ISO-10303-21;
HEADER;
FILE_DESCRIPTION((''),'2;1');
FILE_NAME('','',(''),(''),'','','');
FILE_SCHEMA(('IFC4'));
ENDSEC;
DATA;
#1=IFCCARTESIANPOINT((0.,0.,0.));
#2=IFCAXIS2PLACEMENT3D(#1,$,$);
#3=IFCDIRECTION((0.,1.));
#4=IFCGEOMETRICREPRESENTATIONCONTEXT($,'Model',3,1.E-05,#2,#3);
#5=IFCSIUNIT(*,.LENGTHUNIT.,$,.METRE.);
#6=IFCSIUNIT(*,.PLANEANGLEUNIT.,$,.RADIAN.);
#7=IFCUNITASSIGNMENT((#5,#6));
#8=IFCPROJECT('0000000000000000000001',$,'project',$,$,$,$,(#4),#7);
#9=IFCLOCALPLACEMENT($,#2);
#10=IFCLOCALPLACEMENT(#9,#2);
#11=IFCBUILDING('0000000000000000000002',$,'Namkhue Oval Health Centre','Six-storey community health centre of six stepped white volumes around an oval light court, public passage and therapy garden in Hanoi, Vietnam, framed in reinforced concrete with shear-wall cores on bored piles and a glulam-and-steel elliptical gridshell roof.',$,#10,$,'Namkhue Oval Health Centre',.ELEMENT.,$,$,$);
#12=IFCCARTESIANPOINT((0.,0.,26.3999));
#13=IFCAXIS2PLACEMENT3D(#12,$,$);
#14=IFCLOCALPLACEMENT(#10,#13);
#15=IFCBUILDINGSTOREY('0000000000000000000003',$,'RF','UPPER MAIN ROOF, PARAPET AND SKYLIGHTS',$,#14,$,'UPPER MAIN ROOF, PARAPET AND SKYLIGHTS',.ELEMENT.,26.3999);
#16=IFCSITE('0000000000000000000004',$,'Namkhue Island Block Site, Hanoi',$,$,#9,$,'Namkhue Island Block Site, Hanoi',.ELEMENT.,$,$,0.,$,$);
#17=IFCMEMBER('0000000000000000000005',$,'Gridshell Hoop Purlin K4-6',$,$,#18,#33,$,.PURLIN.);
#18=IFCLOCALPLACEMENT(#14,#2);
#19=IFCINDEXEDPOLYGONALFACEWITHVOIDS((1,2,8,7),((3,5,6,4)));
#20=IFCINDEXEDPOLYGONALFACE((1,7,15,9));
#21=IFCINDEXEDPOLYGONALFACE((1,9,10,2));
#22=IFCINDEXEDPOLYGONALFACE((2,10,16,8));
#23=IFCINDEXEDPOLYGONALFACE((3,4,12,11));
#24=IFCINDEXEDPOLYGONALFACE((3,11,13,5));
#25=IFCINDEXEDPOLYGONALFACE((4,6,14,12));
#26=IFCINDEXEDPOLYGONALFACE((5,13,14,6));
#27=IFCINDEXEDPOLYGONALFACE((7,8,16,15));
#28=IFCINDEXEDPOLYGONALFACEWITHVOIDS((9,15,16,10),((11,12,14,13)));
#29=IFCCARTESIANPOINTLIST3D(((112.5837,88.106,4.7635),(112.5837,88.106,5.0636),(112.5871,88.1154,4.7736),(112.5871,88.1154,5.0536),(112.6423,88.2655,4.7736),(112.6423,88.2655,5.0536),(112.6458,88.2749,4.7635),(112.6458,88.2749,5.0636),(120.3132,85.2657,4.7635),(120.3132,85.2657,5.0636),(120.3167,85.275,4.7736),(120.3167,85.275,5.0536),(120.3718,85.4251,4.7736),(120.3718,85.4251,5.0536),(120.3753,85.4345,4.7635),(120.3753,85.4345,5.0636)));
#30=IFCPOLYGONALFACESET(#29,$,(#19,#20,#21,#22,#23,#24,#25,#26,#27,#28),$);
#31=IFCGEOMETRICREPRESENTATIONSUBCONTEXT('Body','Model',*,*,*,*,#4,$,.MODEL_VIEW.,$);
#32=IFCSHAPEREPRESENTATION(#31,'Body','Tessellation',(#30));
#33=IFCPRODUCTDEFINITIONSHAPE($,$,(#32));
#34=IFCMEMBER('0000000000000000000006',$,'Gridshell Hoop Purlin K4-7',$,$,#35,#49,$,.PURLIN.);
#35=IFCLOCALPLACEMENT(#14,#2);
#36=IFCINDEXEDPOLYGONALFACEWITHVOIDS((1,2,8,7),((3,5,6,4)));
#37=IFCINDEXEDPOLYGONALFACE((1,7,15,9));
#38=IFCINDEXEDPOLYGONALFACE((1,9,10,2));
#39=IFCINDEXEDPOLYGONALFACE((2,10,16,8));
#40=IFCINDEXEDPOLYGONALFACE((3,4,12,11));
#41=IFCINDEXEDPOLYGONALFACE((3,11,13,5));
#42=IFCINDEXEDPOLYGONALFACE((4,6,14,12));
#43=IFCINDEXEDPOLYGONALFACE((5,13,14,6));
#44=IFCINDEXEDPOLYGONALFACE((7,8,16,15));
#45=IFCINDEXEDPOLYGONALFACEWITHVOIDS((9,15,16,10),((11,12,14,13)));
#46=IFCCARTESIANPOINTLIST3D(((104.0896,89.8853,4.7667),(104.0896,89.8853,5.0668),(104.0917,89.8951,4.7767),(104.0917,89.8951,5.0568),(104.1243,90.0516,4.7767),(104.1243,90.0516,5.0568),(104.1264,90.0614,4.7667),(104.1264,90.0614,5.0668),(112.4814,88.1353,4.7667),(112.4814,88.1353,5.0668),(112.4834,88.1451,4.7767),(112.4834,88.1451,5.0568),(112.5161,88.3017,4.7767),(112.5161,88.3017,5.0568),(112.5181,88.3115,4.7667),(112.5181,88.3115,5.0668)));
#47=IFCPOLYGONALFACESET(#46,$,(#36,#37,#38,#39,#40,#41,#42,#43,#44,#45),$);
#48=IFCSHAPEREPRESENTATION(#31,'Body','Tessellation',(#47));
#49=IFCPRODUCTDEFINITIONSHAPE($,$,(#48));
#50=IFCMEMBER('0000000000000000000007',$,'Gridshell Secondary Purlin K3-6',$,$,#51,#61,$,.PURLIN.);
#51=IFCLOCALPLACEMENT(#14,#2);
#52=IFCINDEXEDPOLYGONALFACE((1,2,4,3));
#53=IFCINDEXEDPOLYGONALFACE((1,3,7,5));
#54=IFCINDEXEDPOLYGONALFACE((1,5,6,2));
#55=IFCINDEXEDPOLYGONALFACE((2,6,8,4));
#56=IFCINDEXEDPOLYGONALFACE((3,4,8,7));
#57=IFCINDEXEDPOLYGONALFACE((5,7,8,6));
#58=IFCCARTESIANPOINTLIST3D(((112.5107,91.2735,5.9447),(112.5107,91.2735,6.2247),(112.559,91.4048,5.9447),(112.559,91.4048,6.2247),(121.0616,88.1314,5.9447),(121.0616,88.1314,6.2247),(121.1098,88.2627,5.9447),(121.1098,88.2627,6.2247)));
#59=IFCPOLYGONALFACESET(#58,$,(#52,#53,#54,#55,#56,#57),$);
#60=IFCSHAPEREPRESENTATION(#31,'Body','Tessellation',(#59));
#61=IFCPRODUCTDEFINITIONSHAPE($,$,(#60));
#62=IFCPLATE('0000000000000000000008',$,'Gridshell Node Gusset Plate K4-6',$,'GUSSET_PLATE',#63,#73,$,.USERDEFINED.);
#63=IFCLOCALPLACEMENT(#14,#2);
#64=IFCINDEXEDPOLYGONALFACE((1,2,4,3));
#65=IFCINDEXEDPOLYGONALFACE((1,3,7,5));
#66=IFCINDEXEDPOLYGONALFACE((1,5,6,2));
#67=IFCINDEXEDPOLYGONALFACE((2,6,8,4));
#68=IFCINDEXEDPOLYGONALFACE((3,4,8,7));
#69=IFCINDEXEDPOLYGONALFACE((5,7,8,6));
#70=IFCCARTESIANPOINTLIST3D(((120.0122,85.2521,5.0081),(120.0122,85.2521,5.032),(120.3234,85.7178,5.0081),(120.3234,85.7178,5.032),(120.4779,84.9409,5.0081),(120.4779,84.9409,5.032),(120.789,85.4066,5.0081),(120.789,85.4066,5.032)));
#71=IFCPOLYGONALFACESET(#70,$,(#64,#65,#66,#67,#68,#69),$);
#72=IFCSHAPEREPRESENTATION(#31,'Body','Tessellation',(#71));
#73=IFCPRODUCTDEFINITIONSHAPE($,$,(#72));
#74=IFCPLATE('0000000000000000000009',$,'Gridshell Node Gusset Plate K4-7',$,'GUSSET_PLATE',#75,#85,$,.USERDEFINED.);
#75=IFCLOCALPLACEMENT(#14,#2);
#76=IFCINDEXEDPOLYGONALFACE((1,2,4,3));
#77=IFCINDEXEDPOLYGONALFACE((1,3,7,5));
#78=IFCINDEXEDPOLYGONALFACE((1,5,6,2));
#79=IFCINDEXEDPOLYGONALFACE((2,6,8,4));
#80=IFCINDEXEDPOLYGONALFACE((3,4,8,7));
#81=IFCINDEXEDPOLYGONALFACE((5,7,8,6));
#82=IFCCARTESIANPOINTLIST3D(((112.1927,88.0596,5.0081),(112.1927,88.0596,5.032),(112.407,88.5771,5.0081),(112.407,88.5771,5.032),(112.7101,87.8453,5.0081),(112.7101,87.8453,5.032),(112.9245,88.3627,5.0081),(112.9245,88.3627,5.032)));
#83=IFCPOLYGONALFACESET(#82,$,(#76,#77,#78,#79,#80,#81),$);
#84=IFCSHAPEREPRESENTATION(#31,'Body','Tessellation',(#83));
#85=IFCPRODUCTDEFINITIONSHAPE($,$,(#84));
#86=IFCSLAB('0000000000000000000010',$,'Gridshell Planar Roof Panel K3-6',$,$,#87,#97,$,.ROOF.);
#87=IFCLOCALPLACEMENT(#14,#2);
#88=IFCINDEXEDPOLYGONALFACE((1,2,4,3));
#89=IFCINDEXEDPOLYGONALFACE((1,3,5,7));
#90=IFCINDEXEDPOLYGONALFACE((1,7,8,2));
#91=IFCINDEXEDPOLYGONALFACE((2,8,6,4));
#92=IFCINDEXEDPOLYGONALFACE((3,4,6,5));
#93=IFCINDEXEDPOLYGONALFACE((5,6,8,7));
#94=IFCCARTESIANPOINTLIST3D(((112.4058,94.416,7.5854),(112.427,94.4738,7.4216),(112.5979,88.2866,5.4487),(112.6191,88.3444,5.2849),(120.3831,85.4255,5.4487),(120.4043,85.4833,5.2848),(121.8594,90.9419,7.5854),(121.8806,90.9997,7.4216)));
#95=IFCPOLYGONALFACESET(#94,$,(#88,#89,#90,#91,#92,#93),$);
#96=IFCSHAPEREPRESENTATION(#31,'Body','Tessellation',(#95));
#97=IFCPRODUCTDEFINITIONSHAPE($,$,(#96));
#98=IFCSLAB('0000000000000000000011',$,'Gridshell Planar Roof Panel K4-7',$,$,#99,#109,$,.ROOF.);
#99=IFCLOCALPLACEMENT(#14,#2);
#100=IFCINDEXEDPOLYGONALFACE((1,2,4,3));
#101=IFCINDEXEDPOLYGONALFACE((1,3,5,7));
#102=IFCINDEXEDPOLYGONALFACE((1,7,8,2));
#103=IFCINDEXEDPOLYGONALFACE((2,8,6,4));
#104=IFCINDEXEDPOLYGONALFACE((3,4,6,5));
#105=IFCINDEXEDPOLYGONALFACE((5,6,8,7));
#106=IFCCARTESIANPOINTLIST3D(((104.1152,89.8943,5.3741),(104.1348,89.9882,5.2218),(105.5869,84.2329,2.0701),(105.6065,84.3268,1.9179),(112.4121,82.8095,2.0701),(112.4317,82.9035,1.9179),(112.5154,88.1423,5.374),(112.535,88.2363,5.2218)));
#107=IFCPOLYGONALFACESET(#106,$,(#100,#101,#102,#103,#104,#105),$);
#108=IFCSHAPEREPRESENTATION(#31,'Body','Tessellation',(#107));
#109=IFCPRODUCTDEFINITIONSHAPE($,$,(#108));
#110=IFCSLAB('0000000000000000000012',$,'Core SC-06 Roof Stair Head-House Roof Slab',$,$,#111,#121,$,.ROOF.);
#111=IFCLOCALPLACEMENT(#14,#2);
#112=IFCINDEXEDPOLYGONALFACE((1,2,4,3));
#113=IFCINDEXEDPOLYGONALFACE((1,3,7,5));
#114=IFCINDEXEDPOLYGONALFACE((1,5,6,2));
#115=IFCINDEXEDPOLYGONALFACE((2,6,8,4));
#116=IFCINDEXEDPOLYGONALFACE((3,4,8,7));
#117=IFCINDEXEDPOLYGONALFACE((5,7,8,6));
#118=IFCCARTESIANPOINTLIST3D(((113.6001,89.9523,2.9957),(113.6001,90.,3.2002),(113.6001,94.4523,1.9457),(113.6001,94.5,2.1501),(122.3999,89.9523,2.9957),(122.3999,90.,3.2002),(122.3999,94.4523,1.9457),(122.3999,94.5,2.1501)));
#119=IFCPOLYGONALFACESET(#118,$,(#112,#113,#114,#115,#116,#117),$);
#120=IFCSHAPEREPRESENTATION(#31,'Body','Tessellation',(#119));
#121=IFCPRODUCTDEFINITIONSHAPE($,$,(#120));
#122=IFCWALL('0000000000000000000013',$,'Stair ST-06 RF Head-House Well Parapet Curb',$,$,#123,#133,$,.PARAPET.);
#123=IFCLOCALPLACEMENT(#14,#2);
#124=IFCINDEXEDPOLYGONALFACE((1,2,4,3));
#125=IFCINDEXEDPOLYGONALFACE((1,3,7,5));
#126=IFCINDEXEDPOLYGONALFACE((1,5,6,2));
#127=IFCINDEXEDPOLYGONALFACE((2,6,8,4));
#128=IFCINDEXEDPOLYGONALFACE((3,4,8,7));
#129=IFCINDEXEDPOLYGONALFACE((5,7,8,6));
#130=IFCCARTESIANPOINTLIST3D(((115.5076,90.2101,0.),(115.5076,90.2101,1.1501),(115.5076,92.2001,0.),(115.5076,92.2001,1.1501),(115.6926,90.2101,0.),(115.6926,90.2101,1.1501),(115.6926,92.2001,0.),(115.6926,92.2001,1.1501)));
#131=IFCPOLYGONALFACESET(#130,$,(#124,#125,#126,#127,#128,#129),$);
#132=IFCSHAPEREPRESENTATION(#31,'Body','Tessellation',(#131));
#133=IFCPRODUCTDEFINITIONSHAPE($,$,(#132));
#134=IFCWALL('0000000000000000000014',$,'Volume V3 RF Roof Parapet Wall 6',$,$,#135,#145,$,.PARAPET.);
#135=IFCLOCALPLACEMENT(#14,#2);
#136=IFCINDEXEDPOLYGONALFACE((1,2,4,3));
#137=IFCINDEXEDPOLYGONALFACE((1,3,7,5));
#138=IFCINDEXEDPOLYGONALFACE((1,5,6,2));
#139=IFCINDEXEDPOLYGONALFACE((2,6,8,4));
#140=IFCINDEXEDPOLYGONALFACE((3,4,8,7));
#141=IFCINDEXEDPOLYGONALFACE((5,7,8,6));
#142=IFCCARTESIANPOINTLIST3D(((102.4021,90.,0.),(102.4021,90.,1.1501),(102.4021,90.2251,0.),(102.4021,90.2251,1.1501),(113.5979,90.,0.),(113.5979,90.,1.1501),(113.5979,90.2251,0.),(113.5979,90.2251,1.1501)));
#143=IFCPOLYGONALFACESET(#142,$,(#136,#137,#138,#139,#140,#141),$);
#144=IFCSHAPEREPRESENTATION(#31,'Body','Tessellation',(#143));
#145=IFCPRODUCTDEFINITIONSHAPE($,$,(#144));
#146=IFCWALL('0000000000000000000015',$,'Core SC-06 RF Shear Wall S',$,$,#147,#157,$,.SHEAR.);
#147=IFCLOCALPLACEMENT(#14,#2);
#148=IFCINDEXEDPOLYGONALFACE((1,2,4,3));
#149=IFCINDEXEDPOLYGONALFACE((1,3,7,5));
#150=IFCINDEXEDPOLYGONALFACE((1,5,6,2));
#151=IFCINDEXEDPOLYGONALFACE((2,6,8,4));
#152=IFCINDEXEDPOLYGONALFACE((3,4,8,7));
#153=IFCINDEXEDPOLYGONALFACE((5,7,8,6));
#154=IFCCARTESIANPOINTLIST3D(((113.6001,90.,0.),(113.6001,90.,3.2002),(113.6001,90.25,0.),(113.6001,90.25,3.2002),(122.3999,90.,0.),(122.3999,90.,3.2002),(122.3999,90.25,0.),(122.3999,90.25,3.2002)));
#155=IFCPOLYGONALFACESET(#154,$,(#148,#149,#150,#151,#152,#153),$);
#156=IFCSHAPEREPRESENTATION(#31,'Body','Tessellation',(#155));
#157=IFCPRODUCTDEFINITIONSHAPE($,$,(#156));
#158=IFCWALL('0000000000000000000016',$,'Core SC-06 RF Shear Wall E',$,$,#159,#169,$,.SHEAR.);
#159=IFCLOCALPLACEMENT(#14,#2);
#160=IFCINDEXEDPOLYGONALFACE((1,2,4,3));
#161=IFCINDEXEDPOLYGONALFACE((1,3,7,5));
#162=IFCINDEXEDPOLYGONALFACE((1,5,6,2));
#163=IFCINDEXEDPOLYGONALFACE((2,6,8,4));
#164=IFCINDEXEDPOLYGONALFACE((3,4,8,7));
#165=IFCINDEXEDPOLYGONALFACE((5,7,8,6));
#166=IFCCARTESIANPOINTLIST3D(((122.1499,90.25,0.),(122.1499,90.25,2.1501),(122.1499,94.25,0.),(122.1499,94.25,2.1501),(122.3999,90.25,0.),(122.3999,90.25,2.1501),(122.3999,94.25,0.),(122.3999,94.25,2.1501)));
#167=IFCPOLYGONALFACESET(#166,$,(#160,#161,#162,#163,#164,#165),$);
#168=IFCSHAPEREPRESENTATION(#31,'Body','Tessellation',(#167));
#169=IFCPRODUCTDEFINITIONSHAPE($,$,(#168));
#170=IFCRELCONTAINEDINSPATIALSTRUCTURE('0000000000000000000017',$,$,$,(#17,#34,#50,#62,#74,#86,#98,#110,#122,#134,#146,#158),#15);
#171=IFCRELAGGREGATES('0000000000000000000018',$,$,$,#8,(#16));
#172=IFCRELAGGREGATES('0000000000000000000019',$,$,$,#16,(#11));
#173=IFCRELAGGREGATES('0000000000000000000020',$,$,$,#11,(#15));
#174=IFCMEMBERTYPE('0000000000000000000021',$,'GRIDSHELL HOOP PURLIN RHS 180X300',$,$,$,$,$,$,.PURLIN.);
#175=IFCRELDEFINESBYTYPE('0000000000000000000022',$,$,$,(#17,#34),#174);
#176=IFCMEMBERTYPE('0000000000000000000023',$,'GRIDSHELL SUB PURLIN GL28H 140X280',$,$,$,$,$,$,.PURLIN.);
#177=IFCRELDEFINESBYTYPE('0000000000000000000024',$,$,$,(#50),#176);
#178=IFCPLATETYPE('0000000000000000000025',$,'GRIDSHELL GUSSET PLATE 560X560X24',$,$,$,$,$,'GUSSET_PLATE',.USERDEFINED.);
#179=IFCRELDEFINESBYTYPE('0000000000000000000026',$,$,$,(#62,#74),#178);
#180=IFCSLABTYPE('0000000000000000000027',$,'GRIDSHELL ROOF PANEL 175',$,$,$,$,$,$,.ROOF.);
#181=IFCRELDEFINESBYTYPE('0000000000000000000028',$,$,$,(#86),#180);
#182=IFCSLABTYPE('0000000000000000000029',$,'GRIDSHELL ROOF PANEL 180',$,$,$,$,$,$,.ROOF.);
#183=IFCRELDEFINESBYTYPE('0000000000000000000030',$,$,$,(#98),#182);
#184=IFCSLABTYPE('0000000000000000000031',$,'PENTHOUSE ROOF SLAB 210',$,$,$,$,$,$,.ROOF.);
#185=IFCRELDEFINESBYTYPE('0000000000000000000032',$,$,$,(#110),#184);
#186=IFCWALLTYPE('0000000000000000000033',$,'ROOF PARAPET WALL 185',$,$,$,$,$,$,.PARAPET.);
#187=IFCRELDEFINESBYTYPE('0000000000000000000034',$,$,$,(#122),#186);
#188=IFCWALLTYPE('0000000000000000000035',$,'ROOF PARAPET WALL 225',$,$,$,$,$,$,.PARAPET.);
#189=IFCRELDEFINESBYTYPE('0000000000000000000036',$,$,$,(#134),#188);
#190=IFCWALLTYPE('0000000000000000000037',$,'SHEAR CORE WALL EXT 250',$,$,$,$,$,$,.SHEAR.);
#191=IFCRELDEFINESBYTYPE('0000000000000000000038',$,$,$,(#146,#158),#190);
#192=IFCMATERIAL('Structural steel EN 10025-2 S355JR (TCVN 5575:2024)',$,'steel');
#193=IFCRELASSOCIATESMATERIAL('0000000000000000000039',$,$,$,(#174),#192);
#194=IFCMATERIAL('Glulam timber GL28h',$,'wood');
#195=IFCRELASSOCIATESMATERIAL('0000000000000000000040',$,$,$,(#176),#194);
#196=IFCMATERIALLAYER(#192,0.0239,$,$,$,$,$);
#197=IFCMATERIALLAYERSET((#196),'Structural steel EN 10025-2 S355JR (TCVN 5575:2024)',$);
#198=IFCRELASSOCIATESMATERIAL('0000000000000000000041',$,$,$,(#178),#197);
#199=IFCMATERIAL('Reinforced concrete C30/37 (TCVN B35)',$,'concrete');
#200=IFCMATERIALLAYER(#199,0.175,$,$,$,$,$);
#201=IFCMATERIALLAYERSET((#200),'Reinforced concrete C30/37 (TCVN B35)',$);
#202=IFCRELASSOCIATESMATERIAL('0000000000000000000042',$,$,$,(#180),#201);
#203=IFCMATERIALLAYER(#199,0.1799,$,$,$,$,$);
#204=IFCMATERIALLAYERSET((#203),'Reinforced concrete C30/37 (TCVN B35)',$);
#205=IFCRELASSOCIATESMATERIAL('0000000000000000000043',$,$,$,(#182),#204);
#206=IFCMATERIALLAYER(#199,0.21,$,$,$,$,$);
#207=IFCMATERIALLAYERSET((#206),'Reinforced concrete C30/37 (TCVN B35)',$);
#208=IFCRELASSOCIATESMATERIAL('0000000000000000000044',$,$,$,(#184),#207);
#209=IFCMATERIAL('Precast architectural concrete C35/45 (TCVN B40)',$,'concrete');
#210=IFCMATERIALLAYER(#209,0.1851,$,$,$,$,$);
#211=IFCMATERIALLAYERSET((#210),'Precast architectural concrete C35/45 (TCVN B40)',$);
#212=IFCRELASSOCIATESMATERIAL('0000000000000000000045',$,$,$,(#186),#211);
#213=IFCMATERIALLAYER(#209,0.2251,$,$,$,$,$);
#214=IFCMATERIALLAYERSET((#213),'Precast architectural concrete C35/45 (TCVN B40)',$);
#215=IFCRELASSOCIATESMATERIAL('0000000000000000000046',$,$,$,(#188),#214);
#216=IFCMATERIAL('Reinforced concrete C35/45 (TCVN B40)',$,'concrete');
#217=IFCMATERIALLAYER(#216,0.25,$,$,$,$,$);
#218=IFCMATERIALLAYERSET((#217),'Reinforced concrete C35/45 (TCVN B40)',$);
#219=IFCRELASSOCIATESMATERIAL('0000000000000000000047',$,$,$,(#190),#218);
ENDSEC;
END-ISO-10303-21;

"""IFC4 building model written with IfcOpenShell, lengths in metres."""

from ifc_helpers import new_model, si_unit, direction, frame, frame_2d, origin, origin_2d, place, context, subcontext, project, spatial, polyline, rectangle, hollow_rectangle, outline, extrude, material, layer, layer_set, material_profile, profile_set, type_object, element, save


model = new_model("IFC4")

# Units and contexts
model_context = context("Model", 3, precision=1e-05, world=origin(), true_north=direction((0.0, 1.0)))
body_context = subcontext(model_context, "Body", "Model", "MODEL_VIEW")
ifc_project = project(units=[si_unit("LENGTHUNIT", "METRE"), si_unit("PLANEANGLEUNIT", "RADIAN")], contexts=[model_context])

# Site, building, storey
site_placement = place(None, origin())
site = spatial("IfcSite", under=ifc_project, at=site_placement, Name="Namkhue Island Block Site, Hanoi", LongName="Namkhue Island Block Site, Hanoi", CompositionType="ELEMENT", RefElevation=0.0)
building_placement = place(site_placement, origin())
building = spatial("IfcBuilding", under=site, at=building_placement, Name="Namkhue Oval Health Centre", Description="Six-storey community health centre of six stepped white volumes around an oval light court, public passage and therapy garden in Hanoi, Vietnam, framed in reinforced concrete with shear-wall cores on bored piles and a glulam-and-steel elliptical gridshell roof.", LongName="Namkhue Oval Health Centre", CompositionType="ELEMENT")
storey_placement = place(building_placement, frame((0.0, 0.0, 26.3999)))
storey = spatial("IfcBuildingStorey", under=building, at=storey_placement, Name="RF", Description="UPPER MAIN ROOF, PARAPET AND SKYLIGHTS", LongName="UPPER MAIN ROOF, PARAPET AND SKYLIGHTS", CompositionType="ELEMENT", Elevation=26.3999)

# Members
ifc_material_1 = material(Name="Structural steel EN 10025-2 S355JR (TCVN 5575:2024)", Category="steel")
ifc_material_2 = material(Name="Glulam timber GL28h", Category="wood")
ifc_material_profile_1 = material_profile(ifc_material_1, hollow_rectangle(XDim=0.1799, YDim=0.3, WallThickness=0.01, at=origin_2d()), Name="RHS 180x300x10")
ifc_profile_set_1 = profile_set([ifc_material_profile_1], Name="Structural steel EN 10025-2 S355JR (TCVN 5575:2024)")
member_type_1 = type_object("IfcMemberType", Name="GRIDSHELL HOOP PURLIN RHS 180X300", PredefinedType="PURLIN", material=ifc_profile_set_1)
member_1_placement = place(storey_placement, frame((120.3442, 85.3501, 4.9136), z_axis=(-0.938633, 0.344917, 0.0), x_axis=(-0.344917, -0.938633, 0.0)))
element("IfcMember", 1, at=member_1_placement, inside=storey, type_object=member_type_1, Name="Gridshell Hoop Purlin K4-6", PredefinedType="PURLIN", context=body_context, shape_type="SweptSolid", body=[
    extrude(hollow_rectangle(XDim=0.1799, YDim=0.3, WallThickness=0.01, at=origin_2d()), origin(), (0.0, 0.0, 1.0), 8.2349),
])
member_2_placement = place(storey_placement, frame((112.4998, 88.2234, 4.9167), z_axis=(-0.978941, 0.204144, 0.0), x_axis=(-0.204144, -0.978941, 0.0)))
element("IfcMember", 2, at=member_2_placement, inside=storey, type_object=member_type_1, Name="Gridshell Hoop Purlin K4-7", PredefinedType="PURLIN", context=body_context, shape_type="SweptSolid", body=[
    extrude(hollow_rectangle(XDim=0.1799, YDim=0.3, WallThickness=0.01, at=origin_2d()), origin(), (0.0, 0.0, 1.0), 8.5723),
])
ifc_material_profile_2 = material_profile(ifc_material_2, rectangle(XDim=0.1399, YDim=0.28, at=origin_2d()), Name="GL28h 140x280")
ifc_profile_set_2 = profile_set([ifc_material_profile_2], Name="Glulam timber GL28h")
member_type_2 = type_object("IfcMemberType", Name="GRIDSHELL SUB PURLIN GL28H 140X280", PredefinedType="PURLIN", material=ifc_profile_set_2)
member_3_placement = place(storey_placement, frame((121.0857, 88.197, 6.0847), z_axis=(-0.938635, 0.344913, 0.0), x_axis=(-0.344913, -0.938635, 0.0)))
element("IfcMember", 3, at=member_3_placement, inside=storey, type_object=member_type_2, Name="Gridshell Secondary Purlin K3-6", PredefinedType="PURLIN", context=body_context, shape_type="SweptSolid", body=[
    extrude(rectangle(XDim=0.1399, YDim=0.28, at=origin_2d()), origin(), (0.0, 0.0, 1.0), 9.1099),
])

# Plates
ifc_layer_1 = layer(ifc_material_1, 0.0239)
ifc_layer_set_1 = layer_set([ifc_layer_1], Name="Structural steel EN 10025-2 S355JR (TCVN 5575:2024)")
plate_type = type_object("IfcPlateType", Name="GRIDSHELL GUSSET PLATE 560X560X24", ElementType="GUSSET_PLATE", PredefinedType="USERDEFINED", material=ifc_layer_set_1)
for number, where, z_axis, x_axis, name in (
    (4, (120.4006, 85.3293, 5.0081), (0.0, 0.0, 1.0), (0.55557, 0.83147, 0.0), "Gridshell Node Gusset Plate K4-6"),
    (5, (112.5586, 88.2112, 5.0081), (0.0, 0.0, 1.0), (0.382683, 0.92388, 0.0), "Gridshell Node Gusset Plate K4-7"),
):
    element("IfcPlate", number, at=place(storey_placement, frame(where, z_axis=z_axis, x_axis=x_axis)), inside=storey, type_object=plate_type, Name=name, ObjectType="GUSSET_PLATE", PredefinedType="USERDEFINED", context=body_context, shape_type="SweptSolid", body=[
        extrude(rectangle(XDim=0.5601, YDim=0.5601, at=origin_2d()), origin(), (0.0, 0.0, 1.0), 0.0239),
    ])

# Slabs
ifc_material_3 = material(Name="Reinforced concrete C30/37 (TCVN B35)", Category="concrete")
ifc_layer_2 = layer(ifc_material_3, 0.175)
ifc_layer_set_2 = layer_set([ifc_layer_2], Name="Reinforced concrete C30/37 (TCVN B35)")
slab_type_1 = type_object("IfcSlabType", Name="GRIDSHELL ROOF PANEL 175", PredefinedType="ROOF", material=ifc_layer_set_2)
slab_1_placement = place(storey_placement, frame((121.8594, 90.9419, 7.5854), z_axis=(-0.121321, -0.330129, 0.936107), x_axis=(-0.938626, 0.344938, -0.000002)))
element("IfcSlab", 6, at=slab_1_placement, inside=storey, type_object=slab_type_1, Name="Gridshell Planar Roof Panel K3-6", PredefinedType="ROOF", context=body_context, shape_type="SweptSolid", body=[
    extrude(outline(polyline([(0.0, 0.0), (10.0718, 0.0), (7.7772, 6.0751), (-0.5171, 6.0752), (0.0, 0.0)])), origin(), (0.0, 0.0, -1.0), 0.175),
])
ifc_layer_3 = layer(ifc_material_3, 0.1799)
ifc_layer_set_3 = layer_set([ifc_layer_3], Name="Reinforced concrete C30/37 (TCVN B35)")
slab_type_2 = type_object("IfcSlabType", Name="GRIDSHELL ROOF PANEL 180", PredefinedType="ROOF", material=ifc_layer_set_3)
slab_2_placement = place(storey_placement, frame((112.5154, 88.1423, 5.374), z_axis=(-0.108866, -0.522008, 0.845964), x_axis=(-0.978936, 0.204167, 0.000004)))
element("IfcSlab", 7, at=slab_2_placement, inside=storey, type_object=slab_type_2, Name="Gridshell Planar Roof Panel K4-7", PredefinedType="ROOF", context=body_context, shape_type="SweptSolid", body=[
    extrude(outline(polyline([(0.0, 0.0), (8.5809, 0.0), (5.9843, 6.1961), (-0.9877, 6.1959), (0.0, 0.0)])), origin(), (0.0, 0.0, -1.0), 0.1799),
])
ifc_layer_4 = layer(ifc_material_3, 0.21)
ifc_layer_set_4 = layer_set([ifc_layer_4], Name="Reinforced concrete C30/37 (TCVN B35)")
slab_type_3 = type_object("IfcSlabType", Name="PENTHOUSE ROOF SLAB 210", PredefinedType="ROOF", material=ifc_layer_set_4)
slab_3_placement = place(storey_placement, frame((113.6001, 90.0, 3.2002), z_axis=(0.0, 0.22724, 0.973839), x_axis=(1.0, 0.0, 0.0)))
element("IfcSlab", 8, at=slab_3_placement, inside=storey, type_object=slab_type_3, Name="Core SC-06 Roof Stair Head-House Roof Slab", PredefinedType="ROOF", context=body_context, shape_type="SweptSolid", body=[
    extrude(outline(polyline([(0.0, 0.0), (8.7998, 0.0), (8.7998, 4.6209), (0.0, 4.6209), (0.0, 0.0)])), origin(), (0.0, 0.0, -1.0), 0.21),
])

# Walls
ifc_material_4 = material(Name="Precast architectural concrete C35/45 (TCVN B40)", Category="concrete")
ifc_layer_5 = layer(ifc_material_4, 0.1851)
ifc_layer_set_5 = layer_set([ifc_layer_5], Name="Precast architectural concrete C35/45 (TCVN B40)")
wall_type_1 = type_object("IfcWallType", Name="ROOF PARAPET WALL 185", PredefinedType="PARAPET", material=ifc_layer_set_5)
wall_1_placement = place(storey_placement, frame((115.6001, 90.21, 0.0), z_axis=(0.0, 0.0, 1.0), x_axis=(0.0, 1.0, 0.0)))
element("IfcWall", 9, at=wall_1_placement, inside=storey, type_object=wall_type_1, Name="Stair ST-06 RF Head-House Well Parapet Curb", PredefinedType="PARAPET", context=body_context, shape_type="SweptSolid", body=[
    extrude(rectangle(XDim=1.99, YDim=0.1851, at=frame_2d((0.9951, 0.0))), origin(), (0.0, 0.0, 1.0), 1.1501),
])
ifc_layer_6 = layer(ifc_material_4, 0.2251)
ifc_layer_set_6 = layer_set([ifc_layer_6], Name="Precast architectural concrete C35/45 (TCVN B40)")
wall_type_2 = type_object("IfcWallType", Name="ROOF PARAPET WALL 225", PredefinedType="PARAPET", material=ifc_layer_set_6)
wall_2_placement = place(storey_placement, frame((113.5979, 90.1125, 0.0), z_axis=(0.0, 0.0, 1.0), x_axis=(-1.0, 0.0, 0.0)))
element("IfcWall", 10, at=wall_2_placement, inside=storey, type_object=wall_type_2, Name="Volume V3 RF Roof Parapet Wall 6", PredefinedType="PARAPET", context=body_context, shape_type="SweptSolid", body=[
    extrude(rectangle(XDim=11.1958, YDim=0.2251, at=frame_2d((5.5979, 0.0))), origin(), (0.0, 0.0, 1.0), 1.1501),
])
ifc_material_5 = material(Name="Reinforced concrete C35/45 (TCVN B40)", Category="concrete")
ifc_layer_7 = layer(ifc_material_5, 0.25)
ifc_layer_set_7 = layer_set([ifc_layer_7], Name="Reinforced concrete C35/45 (TCVN B40)")
wall_type_3 = type_object("IfcWallType", Name="SHEAR CORE WALL EXT 250", PredefinedType="SHEAR", material=ifc_layer_set_7)
wall_3_placement = place(storey_placement, frame((113.6001, 90.125, 0.0), z_axis=(0.0, 0.0, 1.0), x_axis=(1.0, 0.0, 0.0)))
element("IfcWall", 11, at=wall_3_placement, inside=storey, type_object=wall_type_3, Name="Core SC-06 RF Shear Wall S", PredefinedType="SHEAR", context=body_context, shape_type="SweptSolid", body=[
    extrude(rectangle(XDim=8.7998, YDim=0.25, at=frame_2d((4.3999, 0.0))), origin(), (0.0, 0.0, 1.0), 3.2002),
])
wall_4_placement = place(storey_placement, frame((122.2749, 90.25, 0.0), z_axis=(0.0, 0.0, 1.0), x_axis=(0.0, 1.0, 0.0)))
element("IfcWall", 12, at=wall_4_placement, inside=storey, type_object=wall_type_3, Name="Core SC-06 RF Shear Wall E", PredefinedType="SHEAR", context=body_context, shape_type="SweptSolid", body=[
    extrude(rectangle(XDim=4.0, YDim=0.25, at=frame_2d((2.0, 0.0))), origin(), (0.0, 0.0, 1.0), 2.1501),
])

save(model, "model.ifc")
